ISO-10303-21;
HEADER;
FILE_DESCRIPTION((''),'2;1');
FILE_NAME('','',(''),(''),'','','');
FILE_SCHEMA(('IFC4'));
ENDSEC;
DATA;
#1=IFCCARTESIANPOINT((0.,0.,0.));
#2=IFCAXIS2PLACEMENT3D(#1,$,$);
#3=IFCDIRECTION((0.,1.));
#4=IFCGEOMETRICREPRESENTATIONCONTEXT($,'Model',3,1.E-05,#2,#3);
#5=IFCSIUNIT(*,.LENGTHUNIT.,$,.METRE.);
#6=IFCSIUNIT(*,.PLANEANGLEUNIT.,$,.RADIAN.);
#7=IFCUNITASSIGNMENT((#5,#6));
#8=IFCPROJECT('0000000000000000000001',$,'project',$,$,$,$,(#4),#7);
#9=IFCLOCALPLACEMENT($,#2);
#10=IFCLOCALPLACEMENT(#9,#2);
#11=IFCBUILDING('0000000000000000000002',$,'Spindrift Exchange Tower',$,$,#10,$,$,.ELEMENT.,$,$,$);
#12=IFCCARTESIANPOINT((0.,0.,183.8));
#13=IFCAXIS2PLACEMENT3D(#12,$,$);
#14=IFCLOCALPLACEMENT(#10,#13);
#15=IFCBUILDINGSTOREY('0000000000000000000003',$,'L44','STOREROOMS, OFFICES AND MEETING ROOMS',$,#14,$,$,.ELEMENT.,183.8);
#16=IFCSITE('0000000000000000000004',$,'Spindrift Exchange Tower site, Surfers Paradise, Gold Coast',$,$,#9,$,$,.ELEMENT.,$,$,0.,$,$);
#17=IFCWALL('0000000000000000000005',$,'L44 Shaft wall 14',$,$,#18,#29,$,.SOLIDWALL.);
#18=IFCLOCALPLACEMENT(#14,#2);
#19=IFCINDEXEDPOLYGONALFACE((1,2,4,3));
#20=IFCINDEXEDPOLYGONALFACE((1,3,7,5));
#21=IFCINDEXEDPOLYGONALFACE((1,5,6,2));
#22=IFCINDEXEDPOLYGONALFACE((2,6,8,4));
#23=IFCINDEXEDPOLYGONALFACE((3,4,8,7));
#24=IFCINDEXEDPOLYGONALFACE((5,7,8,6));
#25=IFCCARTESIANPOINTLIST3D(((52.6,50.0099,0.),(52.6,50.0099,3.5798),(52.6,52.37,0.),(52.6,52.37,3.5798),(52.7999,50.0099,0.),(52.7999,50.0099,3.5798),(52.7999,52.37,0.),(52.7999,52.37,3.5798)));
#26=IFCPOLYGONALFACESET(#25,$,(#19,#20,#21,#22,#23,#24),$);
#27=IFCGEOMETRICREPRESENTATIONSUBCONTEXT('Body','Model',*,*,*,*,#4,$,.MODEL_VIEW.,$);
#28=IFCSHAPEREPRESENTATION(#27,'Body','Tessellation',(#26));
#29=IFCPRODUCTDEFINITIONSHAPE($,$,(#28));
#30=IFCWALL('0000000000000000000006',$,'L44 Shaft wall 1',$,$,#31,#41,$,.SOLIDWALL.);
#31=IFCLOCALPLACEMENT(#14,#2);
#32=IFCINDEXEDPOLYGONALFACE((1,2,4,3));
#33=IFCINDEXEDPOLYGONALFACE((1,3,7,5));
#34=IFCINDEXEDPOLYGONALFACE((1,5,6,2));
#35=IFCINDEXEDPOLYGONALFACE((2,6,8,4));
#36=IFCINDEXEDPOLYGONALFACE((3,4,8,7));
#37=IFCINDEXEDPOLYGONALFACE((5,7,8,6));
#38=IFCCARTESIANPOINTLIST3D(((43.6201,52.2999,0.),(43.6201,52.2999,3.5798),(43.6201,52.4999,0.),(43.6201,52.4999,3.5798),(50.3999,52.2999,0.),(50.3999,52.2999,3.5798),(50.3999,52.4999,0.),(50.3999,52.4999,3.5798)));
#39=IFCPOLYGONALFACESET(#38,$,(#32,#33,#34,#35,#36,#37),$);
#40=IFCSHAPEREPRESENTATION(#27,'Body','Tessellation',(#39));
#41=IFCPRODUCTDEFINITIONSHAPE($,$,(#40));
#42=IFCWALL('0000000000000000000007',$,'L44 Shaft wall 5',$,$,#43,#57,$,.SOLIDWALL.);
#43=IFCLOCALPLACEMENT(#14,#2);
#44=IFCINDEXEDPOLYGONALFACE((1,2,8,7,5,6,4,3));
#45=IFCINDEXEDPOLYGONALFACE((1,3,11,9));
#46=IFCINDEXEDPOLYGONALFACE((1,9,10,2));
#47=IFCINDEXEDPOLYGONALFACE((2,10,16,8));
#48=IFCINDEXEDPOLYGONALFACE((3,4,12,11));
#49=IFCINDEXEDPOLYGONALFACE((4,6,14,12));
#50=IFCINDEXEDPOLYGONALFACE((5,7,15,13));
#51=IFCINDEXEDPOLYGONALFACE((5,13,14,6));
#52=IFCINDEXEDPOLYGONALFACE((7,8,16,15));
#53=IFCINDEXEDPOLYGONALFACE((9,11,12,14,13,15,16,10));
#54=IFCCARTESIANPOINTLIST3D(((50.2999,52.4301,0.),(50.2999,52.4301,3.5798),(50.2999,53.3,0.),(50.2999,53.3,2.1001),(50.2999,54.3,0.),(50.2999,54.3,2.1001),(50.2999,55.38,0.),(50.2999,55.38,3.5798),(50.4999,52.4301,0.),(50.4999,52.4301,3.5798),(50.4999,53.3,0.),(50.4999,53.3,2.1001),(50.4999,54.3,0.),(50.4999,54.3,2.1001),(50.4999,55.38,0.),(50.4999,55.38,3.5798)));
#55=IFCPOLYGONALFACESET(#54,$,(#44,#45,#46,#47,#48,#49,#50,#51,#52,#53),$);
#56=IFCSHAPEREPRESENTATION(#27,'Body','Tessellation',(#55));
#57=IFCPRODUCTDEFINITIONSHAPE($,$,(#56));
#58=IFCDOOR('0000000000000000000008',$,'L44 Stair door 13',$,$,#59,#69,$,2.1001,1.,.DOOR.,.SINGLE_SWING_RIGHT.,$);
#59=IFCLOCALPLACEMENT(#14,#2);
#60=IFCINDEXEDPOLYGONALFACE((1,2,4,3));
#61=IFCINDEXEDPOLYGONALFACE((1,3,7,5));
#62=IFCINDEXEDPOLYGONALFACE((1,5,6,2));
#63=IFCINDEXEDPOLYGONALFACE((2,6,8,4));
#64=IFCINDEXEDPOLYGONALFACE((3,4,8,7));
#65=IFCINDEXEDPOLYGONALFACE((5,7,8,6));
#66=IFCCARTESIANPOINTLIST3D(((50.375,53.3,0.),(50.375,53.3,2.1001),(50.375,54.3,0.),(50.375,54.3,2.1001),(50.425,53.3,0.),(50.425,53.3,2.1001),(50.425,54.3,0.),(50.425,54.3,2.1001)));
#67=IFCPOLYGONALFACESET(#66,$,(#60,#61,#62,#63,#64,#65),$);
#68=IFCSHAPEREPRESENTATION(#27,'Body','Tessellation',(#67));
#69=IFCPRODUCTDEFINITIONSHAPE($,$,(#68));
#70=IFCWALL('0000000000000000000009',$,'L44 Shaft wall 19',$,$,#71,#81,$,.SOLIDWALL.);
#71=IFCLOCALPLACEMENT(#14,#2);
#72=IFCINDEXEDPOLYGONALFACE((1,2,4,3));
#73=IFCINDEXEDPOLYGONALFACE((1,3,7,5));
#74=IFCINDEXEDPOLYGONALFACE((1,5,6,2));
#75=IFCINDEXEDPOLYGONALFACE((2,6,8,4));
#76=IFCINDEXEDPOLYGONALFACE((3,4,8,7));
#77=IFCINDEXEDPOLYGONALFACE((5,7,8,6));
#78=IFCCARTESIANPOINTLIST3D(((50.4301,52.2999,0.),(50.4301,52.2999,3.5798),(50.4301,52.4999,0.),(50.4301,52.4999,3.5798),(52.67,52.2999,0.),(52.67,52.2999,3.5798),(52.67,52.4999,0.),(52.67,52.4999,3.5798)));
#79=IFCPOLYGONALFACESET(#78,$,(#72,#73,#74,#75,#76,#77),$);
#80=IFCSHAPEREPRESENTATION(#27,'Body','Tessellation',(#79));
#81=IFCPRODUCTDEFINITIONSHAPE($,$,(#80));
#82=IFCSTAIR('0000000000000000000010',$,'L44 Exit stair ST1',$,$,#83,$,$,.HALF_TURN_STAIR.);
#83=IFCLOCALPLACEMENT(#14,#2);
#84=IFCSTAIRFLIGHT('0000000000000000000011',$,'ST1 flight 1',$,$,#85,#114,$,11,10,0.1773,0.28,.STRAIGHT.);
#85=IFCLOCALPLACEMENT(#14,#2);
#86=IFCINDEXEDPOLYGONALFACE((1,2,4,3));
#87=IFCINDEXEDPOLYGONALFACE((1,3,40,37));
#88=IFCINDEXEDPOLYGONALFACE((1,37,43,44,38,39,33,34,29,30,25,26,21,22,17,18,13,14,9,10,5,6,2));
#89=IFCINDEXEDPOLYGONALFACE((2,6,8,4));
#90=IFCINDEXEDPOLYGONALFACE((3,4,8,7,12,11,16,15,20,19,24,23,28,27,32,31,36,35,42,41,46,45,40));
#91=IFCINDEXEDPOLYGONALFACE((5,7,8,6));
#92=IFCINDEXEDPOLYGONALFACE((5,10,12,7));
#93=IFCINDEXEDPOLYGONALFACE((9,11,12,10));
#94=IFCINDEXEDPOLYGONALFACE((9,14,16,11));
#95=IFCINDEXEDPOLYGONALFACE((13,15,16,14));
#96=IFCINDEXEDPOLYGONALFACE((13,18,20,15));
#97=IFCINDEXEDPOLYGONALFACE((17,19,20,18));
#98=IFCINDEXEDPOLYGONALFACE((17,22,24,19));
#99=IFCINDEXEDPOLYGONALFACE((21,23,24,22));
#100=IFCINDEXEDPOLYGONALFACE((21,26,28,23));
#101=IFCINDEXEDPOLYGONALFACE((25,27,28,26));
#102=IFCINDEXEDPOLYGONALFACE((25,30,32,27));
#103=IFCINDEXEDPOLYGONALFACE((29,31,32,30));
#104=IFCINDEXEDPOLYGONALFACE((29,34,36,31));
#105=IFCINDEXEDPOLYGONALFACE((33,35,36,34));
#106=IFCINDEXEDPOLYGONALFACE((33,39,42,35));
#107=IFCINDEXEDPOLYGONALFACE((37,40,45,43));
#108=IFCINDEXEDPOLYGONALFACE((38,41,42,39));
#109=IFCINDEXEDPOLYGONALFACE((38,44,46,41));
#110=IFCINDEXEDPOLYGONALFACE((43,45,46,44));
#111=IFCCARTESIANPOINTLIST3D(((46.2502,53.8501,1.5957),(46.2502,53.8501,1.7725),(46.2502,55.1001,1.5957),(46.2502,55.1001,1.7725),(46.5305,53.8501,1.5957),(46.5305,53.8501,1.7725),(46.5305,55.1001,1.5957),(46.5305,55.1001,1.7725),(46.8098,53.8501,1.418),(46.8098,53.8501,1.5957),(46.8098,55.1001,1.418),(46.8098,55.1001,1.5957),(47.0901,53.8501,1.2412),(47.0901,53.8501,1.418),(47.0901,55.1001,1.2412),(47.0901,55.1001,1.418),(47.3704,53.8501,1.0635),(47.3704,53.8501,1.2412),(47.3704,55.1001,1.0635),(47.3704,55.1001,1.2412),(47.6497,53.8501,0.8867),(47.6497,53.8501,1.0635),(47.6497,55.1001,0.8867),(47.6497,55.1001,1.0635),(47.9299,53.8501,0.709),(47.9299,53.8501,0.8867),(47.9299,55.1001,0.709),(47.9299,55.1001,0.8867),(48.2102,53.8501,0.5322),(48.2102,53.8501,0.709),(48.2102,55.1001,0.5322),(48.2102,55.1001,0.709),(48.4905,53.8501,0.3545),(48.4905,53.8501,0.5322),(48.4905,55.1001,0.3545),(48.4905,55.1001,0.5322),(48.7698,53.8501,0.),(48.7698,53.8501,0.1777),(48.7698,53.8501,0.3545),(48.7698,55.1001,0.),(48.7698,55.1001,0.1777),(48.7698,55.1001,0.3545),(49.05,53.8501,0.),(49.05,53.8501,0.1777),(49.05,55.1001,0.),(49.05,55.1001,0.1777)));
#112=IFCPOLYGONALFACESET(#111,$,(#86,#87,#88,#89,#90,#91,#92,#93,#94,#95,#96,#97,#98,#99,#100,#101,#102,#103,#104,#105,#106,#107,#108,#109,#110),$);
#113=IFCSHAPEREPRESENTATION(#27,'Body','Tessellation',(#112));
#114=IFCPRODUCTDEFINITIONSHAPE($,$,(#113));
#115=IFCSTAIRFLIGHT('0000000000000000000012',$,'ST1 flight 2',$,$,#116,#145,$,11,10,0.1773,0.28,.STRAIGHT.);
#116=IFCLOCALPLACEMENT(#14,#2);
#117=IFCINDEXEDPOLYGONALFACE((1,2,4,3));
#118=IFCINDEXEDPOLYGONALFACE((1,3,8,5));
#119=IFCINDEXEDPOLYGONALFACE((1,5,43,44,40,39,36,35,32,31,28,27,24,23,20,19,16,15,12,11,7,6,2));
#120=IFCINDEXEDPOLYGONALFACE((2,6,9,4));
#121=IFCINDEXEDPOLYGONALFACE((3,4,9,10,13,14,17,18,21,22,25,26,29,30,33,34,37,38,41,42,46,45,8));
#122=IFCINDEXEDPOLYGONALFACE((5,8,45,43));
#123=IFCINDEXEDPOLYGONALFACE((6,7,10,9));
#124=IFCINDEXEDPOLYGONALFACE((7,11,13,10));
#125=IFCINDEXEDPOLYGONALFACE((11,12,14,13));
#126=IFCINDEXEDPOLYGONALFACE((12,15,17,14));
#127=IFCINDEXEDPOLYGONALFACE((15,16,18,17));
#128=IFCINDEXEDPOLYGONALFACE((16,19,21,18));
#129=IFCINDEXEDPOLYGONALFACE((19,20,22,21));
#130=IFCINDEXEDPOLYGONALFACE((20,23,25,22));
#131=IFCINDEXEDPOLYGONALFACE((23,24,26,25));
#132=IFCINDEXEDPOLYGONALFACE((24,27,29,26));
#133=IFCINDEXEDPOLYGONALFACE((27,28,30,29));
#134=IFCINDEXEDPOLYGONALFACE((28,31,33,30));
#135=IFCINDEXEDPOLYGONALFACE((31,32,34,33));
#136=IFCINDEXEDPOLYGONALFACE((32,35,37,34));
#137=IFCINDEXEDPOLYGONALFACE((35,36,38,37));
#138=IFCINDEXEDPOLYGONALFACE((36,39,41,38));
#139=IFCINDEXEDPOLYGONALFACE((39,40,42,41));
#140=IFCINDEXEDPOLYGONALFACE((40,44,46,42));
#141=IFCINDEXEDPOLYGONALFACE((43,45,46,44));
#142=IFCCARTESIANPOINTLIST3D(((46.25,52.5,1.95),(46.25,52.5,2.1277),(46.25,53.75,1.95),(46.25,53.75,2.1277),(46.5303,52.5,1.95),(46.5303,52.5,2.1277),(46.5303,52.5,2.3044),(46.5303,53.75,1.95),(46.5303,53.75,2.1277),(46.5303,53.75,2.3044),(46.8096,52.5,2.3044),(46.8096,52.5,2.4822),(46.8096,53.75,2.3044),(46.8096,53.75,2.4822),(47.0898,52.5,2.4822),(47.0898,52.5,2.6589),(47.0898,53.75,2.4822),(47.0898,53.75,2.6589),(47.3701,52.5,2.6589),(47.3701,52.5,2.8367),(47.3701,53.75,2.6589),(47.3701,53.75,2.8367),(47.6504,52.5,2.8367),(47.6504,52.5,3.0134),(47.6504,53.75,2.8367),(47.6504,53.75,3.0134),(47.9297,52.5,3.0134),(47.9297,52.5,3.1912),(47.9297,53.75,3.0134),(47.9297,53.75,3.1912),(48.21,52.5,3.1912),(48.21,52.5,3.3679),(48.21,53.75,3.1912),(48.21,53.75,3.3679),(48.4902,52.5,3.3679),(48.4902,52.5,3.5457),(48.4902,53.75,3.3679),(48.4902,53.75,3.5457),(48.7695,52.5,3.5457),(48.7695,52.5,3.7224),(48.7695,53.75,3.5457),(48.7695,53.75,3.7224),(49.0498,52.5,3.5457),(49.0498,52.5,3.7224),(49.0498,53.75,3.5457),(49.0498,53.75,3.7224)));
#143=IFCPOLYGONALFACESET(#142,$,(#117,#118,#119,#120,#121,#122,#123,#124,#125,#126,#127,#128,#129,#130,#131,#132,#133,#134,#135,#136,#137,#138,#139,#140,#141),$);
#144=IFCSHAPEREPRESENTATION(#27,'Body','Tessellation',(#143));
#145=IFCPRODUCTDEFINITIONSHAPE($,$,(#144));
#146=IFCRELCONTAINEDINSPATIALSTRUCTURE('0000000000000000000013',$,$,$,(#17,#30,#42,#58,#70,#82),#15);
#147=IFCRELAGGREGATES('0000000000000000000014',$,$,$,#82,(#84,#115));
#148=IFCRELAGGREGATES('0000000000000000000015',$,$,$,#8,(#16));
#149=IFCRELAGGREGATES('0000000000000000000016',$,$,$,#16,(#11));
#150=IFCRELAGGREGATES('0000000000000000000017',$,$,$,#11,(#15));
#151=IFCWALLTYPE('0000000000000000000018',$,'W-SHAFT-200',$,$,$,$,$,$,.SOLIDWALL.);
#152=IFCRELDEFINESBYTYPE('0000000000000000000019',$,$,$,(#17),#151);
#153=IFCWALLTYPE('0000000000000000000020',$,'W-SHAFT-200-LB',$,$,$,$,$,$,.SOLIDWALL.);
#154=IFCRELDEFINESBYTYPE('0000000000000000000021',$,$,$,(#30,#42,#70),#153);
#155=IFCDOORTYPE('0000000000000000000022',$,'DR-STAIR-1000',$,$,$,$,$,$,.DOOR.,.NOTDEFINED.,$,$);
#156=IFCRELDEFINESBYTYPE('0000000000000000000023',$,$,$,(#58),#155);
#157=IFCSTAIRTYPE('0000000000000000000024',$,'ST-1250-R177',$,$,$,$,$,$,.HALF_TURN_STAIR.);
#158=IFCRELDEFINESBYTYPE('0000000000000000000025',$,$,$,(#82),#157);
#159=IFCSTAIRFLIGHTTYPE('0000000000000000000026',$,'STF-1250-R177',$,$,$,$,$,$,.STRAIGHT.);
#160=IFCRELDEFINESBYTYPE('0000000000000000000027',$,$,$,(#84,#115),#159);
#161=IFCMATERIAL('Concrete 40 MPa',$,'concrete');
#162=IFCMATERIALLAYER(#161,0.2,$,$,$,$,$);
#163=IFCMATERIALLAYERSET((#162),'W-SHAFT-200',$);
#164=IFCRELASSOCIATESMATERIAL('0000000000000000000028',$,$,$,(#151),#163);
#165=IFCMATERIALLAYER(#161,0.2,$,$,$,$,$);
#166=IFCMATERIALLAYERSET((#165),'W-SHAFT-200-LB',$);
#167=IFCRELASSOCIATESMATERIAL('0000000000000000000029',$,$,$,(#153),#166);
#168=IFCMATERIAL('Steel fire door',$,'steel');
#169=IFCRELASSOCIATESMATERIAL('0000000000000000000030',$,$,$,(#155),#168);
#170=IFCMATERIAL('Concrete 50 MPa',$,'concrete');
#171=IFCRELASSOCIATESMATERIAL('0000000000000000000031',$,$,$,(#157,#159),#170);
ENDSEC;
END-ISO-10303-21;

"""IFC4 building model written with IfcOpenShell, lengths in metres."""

from ifc_helpers import new_model, si_unit, direction, frame, frame_2d, origin, place, context, subcontext, project, spatial, line, indexed_curve, rectangle, outline, extrude, source, transform, mapped, material, layer, layer_set, type_object, element, fill, aggregate, save


model = new_model("IFC4")

# Units and contexts
model_context = context("Model", 3, precision=1e-05, world=origin(), true_north=direction((0.0, 1.0)))
body_context = subcontext(model_context, "Body", "Model", "MODEL_VIEW")
ifc_project = project(units=[si_unit("LENGTHUNIT", "METRE"), si_unit("PLANEANGLEUNIT", "RADIAN")], contexts=[model_context])

# Site, building, storey
site_placement = place(None, origin())
site = spatial("IfcSite", under=ifc_project, at=site_placement, Name="Spindrift Exchange Tower site, Surfers Paradise, Gold Coast", CompositionType="ELEMENT", RefElevation=0.0)
building_placement = place(site_placement, origin())
building = spatial("IfcBuilding", under=site, at=building_placement, Name="Spindrift Exchange Tower", CompositionType="ELEMENT")
storey_placement = place(building_placement, frame((0.0, 0.0, 183.8)))
storey = spatial("IfcBuildingStorey", under=building, at=storey_placement, Name="L44", Description="STOREROOMS, OFFICES AND MEETING ROOMS", CompositionType="ELEMENT", Elevation=183.8)

# Shared definitions
ifc_material_1 = material(Name="Concrete 50 MPa", Category="concrete")

# Walls
ifc_material_2 = material(Name="Concrete 40 MPa", Category="concrete")
ifc_layer_1 = layer(ifc_material_2, 0.2)
ifc_layer_set_1 = layer_set([ifc_layer_1], Name="W-SHAFT-200")
wall_type_1 = type_object("IfcWallType", Name="W-SHAFT-200", PredefinedType="SOLIDWALL", material=ifc_layer_set_1)
wall_1_placement = place(storey_placement, frame((52.7, 52.3701, 0.0), z_axis=(0.0, 0.0, 1.0), x_axis=(0.0, -1.0, 0.0)))
element("IfcWall", 1, at=wall_1_placement, inside=storey, type_object=wall_type_1, Name="L44 Shaft wall 14", PredefinedType="SOLIDWALL", context=body_context, shape_type="SweptSolid", body=[
    extrude(rectangle(XDim=2.3601, YDim=0.2, at=frame_2d((1.1802, 0.0))), origin(), (0.0, 0.0, 1.0), 3.5798),
])
ifc_layer_2 = layer(ifc_material_2, 0.2)
ifc_layer_set_2 = layer_set([ifc_layer_2], Name="W-SHAFT-200-LB")
wall_type_2 = type_object("IfcWallType", Name="W-SHAFT-200-LB", PredefinedType="SOLIDWALL", material=ifc_layer_set_2)
wall_2_placement = place(storey_placement, frame((43.6201, 52.3999, 0.0), z_axis=(0.0, 0.0, 1.0), x_axis=(1.0, 0.0, 0.0)))
element("IfcWall", 2, at=wall_2_placement, inside=storey, type_object=wall_type_2, Name="L44 Shaft wall 1", PredefinedType="SOLIDWALL", context=body_context, shape_type="SweptSolid", body=[
    extrude(rectangle(XDim=6.7798, YDim=0.2, at=frame_2d((3.3899, 0.0))), origin(), (0.0, 0.0, 1.0), 3.5798),
])

# Wall, opening, door
wall_3_placement = place(storey_placement, frame((50.3999, 52.4299, 0.0), z_axis=(0.0, 0.0, 1.0), x_axis=(0.0, 1.0, 0.0)))
wall_3 = element("IfcWall", 3, at=wall_3_placement, inside=storey, type_object=wall_type_2, Name="L44 Shaft wall 5", PredefinedType="SOLIDWALL", context=body_context, shape_type="SweptSolid", body=[
    extrude(rectangle(XDim=2.95, YDim=0.2, at=frame_2d((1.4751, 0.0))), origin(), (0.0, 0.0, 1.0), 3.5798),
])
opening_1_placement = place(wall_3_placement, frame((0.8701, 0.0, 0.0)))
opening_1 = element("IfcOpeningElement", 4, at=opening_1_placement, cuts=wall_3, PredefinedType="OPENING", context=body_context, shape_type="SweptSolid", body=[
    extrude(rectangle(XDim=1.0, YDim=2.1001, at=frame_2d((0.5, 1.05))), frame((0.0, 0.1099, 0.0), z_axis=(0.0, -1.0, 0.0), x_axis=(1.0, 0.0, 0.0)), (0.0, 0.0, 1.0), 0.22),
])
ifc_material_3 = material(Name="Steel fire door", Category="steel")
door_type_1 = type_object("IfcDoorType", Name="DR-STAIR-1000", OperationType="NOTDEFINED", PredefinedType="DOOR", material=ifc_material_3)
shared_shape_1 = source(origin(), body_context, "Body", "SweptSolid", [
    extrude(rectangle(XDim=1.0, YDim=2.1001, at=frame_2d((0.5, 1.05))), frame((0.0, 0.0249, 0.0), z_axis=(0.0, -1.0, 0.0), x_axis=(1.0, 0.0, 0.0)), (0.0, 0.0, 1.0), 0.05),
])
door_1_placement = place(opening_1_placement, origin())
door_1 = element("IfcDoor", 5, at=door_1_placement, inside=storey, type_object=door_type_1, Name="L44 Stair door 13", OperationType="SINGLE_SWING_RIGHT", OverallHeight=2.1001, OverallWidth=1.0, PredefinedType="DOOR", context=body_context, shape_type="MappedRepresentation", body=[
    mapped(shared_shape_1, transform((0.0, 0.0, 0.0), scale=1.0)),
])
fill(opening_1, door_1)

# Wall
wall_4_placement = place(storey_placement, frame((50.4299, 52.3999, 0.0), z_axis=(0.0, 0.0, 1.0), x_axis=(1.0, 0.0, 0.0)))
element("IfcWall", 6, at=wall_4_placement, inside=storey, type_object=wall_type_2, Name="L44 Shaft wall 19", PredefinedType="SOLIDWALL", context=body_context, shape_type="SweptSolid", body=[
    extrude(rectangle(XDim=2.24, YDim=0.2, at=frame_2d((1.1201, 0.0))), origin(), (0.0, 0.0, 1.0), 3.5798),
])

# Stair, stair flights
stair_type = type_object("IfcStairType", Name="ST-1250-R177", PredefinedType="HALF_TURN_STAIR", material=ifc_material_1)
stair_placement = place(storey_placement, origin())
stair = element("IfcStair", 7, at=stair_placement, inside=storey, type_object=stair_type, Name="L44 Exit stair ST1", PredefinedType="HALF_TURN_STAIR")
stair_flight_type = type_object("IfcStairFlightType", Name="STF-1250-R177", PredefinedType="STRAIGHT", material=ifc_material_1)
stair_flight_1_placement = place(storey_placement, frame((49.05, 54.4751, 0.0), z_axis=(0.0, 0.0, 1.0), x_axis=(-1.0, 0.0, 0.0)))
stair_flight_1 = element("IfcStairFlight", 8, at=stair_flight_1_placement, type_object=stair_flight_type, Name="ST1 flight 1", NumberOfRisers=11, NumberOfTreads=10, PredefinedType="STRAIGHT", RiserHeight=0.1773, TreadLength=0.28, context=body_context, shape_type="SweptSolid", body=[
    extrude(outline(indexed_curve([(0.0, 0.0), (0.0, 0.1777), (0.2803, 0.1777), (0.2803, 0.3545), (0.5596, 0.3545), (0.5596, 0.5322), (0.8398, 0.5322), (0.8398, 0.709), (1.1201, 0.709), (1.1201, 0.8867), (1.4004, 0.8867), (1.4004, 1.0635), (1.6797, 1.0635), (1.6797, 1.2412), (1.96, 1.2412), (1.96, 1.418), (2.2402, 1.418), (2.2402, 1.5957), (2.5195, 1.5957), (2.5195, 1.7725), (2.7998, 1.7725), (2.7998, 1.9502), (2.7998, 1.5957), (0.2803, 0.0)], segments=[line(1, 2, 3, 4, 5, 6, 7, 8, 9, 10, 11, 12, 13, 14, 15, 16, 17, 18, 19, 20, 21, 22, 23, 24, 1)], self_intersect=False)), frame((0.0, 0.625, 0.0), z_axis=(0.0, -1.0, 0.0), x_axis=(1.0, 0.0, 0.0)), (0.0, 0.0, 1.0), 1.25),
])
stair_flight_2_placement = place(storey_placement, frame((46.25, 53.125, 1.95), z_axis=(0.0, 0.0, 1.0), x_axis=(1.0, 0.0, 0.0)))
stair_flight_2 = element("IfcStairFlight", 9, at=stair_flight_2_placement, type_object=stair_flight_type, Name="ST1 flight 2", NumberOfRisers=11, NumberOfTreads=10, PredefinedType="STRAIGHT", RiserHeight=0.1773, TreadLength=0.28, context=body_context, shape_type="SweptSolid", body=[
    extrude(outline(indexed_curve([(0.0, 0.0), (0.0, 0.1777), (0.2803, 0.1777), (0.2803, 0.3545), (0.5596, 0.3545), (0.5596, 0.5322), (0.8398, 0.5322), (0.8398, 0.709), (1.1201, 0.709), (1.1201, 0.8867), (1.4004, 0.8867), (1.4004, 1.0635), (1.6797, 1.0635), (1.6797, 1.2412), (1.96, 1.2412), (1.96, 1.418), (2.2402, 1.418), (2.2402, 1.5957), (2.5195, 1.5957), (2.5195, 1.7725), (2.7998, 1.7725), (2.7998, 1.9502), (2.7998, 1.5957), (0.2803, 0.0)], segments=[line(1, 2, 3, 4, 5, 6, 7, 8, 9, 10, 11, 12, 13, 14, 15, 16, 17, 18, 19, 20, 21, 22, 23, 24, 1)], self_intersect=False)), frame((0.0, 0.625, 0.0), z_axis=(0.0, -1.0, 0.0), x_axis=(1.0, 0.0, 0.0)), (0.0, 0.0, 1.0), 1.25),
])
aggregate(stair, [stair_flight_1, stair_flight_2])

save(model, "model.ifc")
